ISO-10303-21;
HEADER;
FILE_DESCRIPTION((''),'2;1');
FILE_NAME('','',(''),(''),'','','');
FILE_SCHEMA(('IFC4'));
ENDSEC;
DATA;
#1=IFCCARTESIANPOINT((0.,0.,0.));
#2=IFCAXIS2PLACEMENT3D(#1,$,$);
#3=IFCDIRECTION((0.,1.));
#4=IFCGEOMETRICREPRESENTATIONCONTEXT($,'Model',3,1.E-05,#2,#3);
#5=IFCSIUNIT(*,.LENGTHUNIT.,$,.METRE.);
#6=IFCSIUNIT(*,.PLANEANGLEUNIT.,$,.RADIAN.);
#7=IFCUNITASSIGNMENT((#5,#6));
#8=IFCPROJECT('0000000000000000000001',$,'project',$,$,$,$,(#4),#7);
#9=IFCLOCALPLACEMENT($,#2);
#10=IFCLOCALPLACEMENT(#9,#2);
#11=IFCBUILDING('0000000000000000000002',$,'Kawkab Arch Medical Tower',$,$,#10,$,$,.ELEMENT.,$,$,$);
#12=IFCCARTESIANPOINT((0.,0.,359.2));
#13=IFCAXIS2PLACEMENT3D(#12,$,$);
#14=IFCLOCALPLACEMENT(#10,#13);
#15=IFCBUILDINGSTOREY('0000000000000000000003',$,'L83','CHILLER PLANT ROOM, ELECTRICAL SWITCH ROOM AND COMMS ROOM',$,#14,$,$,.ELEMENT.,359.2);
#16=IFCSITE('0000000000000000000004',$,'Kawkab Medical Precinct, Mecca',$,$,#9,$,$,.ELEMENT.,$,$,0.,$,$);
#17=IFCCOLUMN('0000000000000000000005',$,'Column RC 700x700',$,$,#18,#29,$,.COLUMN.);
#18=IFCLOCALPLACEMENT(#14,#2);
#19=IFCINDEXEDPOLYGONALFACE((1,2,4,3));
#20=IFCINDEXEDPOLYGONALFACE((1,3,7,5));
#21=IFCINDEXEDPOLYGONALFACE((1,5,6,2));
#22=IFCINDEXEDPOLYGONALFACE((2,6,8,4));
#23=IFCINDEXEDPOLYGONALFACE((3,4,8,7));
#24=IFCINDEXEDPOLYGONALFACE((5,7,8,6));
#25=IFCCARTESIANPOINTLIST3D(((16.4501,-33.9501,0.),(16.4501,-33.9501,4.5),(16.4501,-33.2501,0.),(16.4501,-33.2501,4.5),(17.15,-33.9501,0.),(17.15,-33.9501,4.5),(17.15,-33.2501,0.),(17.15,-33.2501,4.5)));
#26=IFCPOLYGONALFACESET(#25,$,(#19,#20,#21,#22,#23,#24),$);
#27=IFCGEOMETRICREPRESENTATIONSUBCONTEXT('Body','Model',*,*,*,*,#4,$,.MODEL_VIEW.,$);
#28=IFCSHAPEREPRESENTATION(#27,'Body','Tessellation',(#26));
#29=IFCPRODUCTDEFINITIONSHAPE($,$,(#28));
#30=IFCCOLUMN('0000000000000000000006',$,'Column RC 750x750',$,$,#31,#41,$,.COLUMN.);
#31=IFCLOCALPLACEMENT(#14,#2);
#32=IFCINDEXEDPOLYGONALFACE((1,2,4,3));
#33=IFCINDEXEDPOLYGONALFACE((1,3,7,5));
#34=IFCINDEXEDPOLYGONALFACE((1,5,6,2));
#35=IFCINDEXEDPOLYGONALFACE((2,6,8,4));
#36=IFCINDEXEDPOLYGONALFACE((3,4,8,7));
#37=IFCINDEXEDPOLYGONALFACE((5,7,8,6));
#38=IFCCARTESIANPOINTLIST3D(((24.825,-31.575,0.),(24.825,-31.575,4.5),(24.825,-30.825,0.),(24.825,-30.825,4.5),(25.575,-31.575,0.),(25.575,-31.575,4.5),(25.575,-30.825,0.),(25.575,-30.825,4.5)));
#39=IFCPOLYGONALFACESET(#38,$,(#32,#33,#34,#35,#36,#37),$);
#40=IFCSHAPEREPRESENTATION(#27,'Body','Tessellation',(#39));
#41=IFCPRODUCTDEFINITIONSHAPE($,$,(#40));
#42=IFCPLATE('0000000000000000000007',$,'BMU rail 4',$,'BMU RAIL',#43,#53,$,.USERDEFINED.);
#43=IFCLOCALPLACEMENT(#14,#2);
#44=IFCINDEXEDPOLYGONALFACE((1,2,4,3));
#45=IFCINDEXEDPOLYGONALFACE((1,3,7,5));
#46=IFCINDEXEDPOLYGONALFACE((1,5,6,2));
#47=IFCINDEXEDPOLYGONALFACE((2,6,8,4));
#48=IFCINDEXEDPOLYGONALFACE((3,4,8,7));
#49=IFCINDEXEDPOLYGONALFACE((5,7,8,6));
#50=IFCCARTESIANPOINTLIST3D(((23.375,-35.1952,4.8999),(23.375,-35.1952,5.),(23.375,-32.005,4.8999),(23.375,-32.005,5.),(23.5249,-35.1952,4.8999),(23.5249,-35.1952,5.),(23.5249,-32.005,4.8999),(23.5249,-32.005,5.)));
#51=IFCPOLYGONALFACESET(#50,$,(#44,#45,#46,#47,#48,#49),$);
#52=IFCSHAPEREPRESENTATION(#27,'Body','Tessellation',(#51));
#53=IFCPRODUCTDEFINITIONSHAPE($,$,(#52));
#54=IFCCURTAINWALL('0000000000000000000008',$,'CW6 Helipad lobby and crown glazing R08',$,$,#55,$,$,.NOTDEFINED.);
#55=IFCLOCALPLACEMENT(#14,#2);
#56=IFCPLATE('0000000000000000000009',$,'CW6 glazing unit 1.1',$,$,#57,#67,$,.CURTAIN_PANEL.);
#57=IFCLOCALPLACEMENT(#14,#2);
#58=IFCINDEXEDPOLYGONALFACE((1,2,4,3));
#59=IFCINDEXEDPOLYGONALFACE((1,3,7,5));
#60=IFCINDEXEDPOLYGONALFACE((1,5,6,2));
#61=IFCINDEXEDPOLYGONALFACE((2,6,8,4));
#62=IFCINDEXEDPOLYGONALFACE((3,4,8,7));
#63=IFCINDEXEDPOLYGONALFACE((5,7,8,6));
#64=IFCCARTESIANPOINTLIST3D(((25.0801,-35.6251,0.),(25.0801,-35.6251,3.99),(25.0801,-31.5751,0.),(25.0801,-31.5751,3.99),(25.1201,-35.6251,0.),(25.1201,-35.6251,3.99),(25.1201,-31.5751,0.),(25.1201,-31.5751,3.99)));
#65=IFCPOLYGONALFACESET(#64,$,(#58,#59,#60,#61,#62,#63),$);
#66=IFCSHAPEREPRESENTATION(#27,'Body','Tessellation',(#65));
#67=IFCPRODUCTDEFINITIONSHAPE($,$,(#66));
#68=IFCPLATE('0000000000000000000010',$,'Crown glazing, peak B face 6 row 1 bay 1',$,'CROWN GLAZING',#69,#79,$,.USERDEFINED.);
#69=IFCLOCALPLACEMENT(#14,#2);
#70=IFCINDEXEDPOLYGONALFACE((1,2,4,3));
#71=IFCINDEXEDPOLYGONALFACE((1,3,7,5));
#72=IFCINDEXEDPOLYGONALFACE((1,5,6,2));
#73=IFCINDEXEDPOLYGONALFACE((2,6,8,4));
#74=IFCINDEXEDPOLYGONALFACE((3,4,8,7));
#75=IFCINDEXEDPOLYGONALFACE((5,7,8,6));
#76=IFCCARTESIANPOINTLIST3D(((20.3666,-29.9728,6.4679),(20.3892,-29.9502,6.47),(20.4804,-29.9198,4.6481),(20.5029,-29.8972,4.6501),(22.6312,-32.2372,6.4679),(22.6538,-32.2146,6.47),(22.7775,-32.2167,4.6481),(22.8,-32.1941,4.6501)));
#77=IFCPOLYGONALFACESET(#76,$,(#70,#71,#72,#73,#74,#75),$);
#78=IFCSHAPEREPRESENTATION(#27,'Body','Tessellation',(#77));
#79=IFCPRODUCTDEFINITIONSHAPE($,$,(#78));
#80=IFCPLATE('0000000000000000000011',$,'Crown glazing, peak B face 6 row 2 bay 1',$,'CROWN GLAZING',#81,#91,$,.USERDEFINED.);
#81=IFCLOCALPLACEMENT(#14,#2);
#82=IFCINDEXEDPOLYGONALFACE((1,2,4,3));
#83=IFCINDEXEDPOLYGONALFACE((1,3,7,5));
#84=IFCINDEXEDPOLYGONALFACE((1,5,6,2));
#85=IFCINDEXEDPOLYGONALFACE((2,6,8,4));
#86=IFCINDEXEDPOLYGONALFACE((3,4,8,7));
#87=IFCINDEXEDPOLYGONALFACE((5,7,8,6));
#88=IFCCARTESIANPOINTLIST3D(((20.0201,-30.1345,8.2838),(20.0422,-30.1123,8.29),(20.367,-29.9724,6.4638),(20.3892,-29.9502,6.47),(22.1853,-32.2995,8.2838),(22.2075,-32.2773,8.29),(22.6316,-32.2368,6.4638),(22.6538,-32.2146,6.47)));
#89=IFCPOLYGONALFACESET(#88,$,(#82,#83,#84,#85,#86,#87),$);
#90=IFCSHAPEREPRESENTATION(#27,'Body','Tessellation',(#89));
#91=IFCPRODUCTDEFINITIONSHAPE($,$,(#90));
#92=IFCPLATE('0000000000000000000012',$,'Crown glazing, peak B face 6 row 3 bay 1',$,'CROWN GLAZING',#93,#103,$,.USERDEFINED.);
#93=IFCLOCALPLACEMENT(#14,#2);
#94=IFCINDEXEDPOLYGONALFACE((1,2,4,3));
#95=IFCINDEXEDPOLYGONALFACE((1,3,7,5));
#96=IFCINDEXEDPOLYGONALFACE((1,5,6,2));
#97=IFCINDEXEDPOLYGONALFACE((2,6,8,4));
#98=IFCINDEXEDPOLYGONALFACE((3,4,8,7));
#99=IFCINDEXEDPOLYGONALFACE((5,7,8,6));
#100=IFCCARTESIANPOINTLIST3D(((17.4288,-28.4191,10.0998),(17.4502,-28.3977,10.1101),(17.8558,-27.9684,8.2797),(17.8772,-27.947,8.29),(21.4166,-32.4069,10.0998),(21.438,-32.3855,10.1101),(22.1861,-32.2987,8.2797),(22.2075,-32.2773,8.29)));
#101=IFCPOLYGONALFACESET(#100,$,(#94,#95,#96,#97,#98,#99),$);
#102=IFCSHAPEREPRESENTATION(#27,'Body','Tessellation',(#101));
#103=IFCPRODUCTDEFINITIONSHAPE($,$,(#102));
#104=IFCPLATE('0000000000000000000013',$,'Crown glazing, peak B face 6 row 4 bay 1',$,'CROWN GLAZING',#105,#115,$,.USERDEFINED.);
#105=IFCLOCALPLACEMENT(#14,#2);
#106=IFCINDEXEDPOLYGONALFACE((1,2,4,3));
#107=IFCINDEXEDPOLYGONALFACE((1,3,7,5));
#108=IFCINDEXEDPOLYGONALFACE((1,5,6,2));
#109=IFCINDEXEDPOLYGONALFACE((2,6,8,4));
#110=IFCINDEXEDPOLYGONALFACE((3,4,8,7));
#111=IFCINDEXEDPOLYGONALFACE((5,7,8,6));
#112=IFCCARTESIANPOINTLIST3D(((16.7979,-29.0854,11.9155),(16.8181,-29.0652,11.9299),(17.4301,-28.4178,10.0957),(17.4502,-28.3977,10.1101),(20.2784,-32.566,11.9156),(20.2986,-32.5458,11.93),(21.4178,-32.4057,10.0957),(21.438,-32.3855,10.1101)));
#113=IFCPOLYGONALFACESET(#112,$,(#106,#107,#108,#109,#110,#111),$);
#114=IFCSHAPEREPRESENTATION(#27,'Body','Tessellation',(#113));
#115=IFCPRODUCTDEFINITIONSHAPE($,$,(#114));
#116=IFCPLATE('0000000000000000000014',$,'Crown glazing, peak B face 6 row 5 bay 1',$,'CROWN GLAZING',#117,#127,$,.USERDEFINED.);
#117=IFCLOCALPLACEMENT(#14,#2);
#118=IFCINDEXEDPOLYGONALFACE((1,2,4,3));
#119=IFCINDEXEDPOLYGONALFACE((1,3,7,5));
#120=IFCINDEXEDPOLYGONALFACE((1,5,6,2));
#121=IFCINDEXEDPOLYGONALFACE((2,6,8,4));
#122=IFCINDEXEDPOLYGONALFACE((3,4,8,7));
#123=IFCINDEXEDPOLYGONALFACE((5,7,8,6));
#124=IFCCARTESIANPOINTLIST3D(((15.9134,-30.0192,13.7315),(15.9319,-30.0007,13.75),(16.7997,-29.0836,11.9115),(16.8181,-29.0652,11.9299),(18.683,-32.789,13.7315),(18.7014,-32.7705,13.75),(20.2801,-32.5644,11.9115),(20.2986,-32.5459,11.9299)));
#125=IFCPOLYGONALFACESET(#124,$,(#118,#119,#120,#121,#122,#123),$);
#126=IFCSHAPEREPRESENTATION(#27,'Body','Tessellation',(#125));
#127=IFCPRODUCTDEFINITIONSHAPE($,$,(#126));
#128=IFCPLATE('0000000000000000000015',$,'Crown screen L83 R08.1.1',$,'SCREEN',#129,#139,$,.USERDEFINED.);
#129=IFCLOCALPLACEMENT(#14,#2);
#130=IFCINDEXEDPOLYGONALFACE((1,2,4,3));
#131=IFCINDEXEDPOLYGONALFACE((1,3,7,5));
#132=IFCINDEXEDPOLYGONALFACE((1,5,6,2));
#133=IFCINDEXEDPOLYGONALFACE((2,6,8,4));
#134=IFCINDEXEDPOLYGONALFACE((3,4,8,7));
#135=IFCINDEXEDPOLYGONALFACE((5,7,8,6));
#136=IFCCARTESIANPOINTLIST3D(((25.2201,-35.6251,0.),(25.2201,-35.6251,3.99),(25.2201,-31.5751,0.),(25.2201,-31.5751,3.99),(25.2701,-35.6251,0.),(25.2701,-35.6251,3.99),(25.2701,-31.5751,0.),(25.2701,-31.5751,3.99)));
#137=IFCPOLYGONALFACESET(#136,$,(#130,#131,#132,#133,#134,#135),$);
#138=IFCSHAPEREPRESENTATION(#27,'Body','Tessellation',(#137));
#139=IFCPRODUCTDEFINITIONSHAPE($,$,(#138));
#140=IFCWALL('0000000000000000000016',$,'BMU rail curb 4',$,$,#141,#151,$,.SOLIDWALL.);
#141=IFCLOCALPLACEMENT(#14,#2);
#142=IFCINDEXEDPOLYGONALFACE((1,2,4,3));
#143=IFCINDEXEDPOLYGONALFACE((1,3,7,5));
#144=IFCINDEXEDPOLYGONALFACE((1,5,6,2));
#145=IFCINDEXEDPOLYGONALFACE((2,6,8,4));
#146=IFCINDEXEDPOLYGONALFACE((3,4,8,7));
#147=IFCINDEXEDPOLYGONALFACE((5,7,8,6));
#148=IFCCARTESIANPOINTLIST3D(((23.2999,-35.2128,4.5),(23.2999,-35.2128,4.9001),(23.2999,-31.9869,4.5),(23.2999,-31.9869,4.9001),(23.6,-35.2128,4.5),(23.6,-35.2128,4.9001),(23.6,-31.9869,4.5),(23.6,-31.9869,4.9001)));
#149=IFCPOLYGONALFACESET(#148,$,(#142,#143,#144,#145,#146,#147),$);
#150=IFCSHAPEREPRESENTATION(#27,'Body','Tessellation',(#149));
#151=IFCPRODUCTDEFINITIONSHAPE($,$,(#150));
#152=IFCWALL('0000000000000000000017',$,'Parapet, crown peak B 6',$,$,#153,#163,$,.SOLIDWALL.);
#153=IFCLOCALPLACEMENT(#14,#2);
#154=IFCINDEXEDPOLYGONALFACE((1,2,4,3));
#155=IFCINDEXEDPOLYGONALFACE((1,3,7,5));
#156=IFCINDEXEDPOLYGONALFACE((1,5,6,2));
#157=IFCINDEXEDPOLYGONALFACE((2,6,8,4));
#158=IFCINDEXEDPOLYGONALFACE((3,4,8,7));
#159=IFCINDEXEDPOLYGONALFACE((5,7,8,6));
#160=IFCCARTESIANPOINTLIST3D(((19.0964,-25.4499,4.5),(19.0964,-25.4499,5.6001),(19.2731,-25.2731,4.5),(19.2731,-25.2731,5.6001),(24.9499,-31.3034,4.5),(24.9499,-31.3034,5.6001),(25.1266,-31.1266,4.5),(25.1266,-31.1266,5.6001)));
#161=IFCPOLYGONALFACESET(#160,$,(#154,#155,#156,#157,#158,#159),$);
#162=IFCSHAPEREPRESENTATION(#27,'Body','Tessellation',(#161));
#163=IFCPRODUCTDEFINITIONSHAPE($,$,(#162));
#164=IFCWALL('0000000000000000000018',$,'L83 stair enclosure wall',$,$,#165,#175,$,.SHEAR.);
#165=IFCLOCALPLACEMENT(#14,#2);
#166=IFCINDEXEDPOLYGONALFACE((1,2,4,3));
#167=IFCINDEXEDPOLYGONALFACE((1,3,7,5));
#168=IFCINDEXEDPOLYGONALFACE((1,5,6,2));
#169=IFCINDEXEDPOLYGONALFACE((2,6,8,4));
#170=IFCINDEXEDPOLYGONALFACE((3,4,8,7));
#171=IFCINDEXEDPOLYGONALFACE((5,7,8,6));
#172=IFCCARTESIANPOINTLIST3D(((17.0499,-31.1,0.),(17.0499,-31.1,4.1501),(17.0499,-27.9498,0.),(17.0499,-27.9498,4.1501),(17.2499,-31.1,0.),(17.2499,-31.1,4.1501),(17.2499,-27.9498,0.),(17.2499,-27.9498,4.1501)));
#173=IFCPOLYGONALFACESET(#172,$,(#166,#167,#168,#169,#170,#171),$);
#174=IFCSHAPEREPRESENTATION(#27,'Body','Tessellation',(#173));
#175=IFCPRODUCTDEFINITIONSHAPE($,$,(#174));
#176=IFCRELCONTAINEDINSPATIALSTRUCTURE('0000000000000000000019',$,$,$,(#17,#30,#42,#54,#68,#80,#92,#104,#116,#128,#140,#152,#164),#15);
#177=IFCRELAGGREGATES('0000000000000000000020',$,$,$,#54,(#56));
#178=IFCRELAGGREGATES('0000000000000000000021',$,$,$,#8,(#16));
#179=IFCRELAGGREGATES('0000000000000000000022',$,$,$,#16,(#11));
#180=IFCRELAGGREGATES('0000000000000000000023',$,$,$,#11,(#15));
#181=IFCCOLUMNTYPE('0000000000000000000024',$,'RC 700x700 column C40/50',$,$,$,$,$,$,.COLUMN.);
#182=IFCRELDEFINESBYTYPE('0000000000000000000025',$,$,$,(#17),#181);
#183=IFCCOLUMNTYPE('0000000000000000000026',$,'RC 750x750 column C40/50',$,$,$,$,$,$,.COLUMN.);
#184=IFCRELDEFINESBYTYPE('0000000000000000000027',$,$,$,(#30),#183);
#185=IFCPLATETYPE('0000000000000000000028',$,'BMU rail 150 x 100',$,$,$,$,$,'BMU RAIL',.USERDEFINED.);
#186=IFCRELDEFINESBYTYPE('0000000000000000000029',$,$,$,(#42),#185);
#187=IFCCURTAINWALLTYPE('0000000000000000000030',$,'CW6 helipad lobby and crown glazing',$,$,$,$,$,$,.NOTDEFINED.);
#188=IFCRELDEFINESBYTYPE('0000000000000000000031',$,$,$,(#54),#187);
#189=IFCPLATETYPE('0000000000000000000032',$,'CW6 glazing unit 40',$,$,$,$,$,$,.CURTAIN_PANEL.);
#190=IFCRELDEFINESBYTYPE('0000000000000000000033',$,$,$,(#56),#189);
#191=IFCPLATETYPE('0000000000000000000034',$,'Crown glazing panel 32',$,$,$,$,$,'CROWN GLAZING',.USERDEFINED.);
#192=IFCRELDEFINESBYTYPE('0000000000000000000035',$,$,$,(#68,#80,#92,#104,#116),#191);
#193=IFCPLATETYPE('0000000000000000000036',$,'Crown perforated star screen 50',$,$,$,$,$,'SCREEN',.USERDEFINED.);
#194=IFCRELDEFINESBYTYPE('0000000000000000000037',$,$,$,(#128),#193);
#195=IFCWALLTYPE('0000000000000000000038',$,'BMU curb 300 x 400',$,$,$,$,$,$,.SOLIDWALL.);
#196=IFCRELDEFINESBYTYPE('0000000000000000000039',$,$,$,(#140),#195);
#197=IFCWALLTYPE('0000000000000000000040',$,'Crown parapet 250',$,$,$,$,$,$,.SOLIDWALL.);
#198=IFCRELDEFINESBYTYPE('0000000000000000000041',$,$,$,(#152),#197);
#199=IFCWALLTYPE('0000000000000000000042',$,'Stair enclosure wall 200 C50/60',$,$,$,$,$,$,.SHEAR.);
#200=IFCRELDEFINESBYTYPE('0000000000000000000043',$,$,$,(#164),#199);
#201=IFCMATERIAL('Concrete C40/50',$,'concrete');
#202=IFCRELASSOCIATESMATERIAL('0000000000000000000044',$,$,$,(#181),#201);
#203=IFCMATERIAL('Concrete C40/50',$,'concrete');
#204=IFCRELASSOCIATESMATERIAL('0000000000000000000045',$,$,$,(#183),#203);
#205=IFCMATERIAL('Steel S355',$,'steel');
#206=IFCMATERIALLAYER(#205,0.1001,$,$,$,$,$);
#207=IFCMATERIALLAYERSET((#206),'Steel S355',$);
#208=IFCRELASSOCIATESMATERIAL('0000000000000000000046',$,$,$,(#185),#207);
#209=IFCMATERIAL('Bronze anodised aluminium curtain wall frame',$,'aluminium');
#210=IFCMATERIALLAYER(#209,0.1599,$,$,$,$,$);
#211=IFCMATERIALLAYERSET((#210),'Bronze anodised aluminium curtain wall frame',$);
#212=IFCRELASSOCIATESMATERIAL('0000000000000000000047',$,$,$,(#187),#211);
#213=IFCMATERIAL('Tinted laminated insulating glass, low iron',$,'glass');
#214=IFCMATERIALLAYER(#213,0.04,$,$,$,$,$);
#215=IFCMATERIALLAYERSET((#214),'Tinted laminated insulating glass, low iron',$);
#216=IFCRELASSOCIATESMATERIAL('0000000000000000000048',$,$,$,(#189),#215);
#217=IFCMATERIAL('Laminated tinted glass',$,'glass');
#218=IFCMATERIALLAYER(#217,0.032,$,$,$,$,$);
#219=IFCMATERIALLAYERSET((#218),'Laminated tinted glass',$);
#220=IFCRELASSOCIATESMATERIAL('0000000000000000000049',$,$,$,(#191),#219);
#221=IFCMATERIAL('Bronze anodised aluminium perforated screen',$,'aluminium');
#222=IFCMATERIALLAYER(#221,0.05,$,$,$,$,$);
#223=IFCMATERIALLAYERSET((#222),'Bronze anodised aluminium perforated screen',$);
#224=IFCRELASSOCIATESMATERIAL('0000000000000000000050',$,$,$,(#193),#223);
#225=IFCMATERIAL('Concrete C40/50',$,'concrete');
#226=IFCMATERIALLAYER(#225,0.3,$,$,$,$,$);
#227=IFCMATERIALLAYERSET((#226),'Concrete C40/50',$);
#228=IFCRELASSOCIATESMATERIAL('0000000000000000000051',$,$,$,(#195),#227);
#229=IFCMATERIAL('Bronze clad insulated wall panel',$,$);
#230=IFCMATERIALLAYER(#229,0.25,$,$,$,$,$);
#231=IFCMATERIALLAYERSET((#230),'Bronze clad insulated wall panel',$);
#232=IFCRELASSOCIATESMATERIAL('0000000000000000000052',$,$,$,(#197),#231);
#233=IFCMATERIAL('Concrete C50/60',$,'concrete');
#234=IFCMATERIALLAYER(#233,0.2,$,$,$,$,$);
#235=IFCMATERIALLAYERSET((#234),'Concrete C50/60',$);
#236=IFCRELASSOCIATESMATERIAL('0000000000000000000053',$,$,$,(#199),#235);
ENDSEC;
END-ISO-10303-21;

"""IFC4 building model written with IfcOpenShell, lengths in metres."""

from ifc_helpers import new_model, si_unit, direction, frame, frame_2d, origin, origin_2d, place, context, subcontext, project, spatial, polyline, rectangle, outline, extrude, material, layer, layer_set, material_profile, profile_set, type_object, element, aggregate, save


model = new_model("IFC4")

# Units and contexts
model_context = context("Model", 3, precision=1e-05, world=origin(), true_north=direction((0.0, 1.0)))
body_context = subcontext(model_context, "Body", "Model", "MODEL_VIEW")
ifc_project = project(units=[si_unit("LENGTHUNIT", "METRE"), si_unit("PLANEANGLEUNIT", "RADIAN")], contexts=[model_context])

# Site, building, storey
site_placement = place(None, origin())
site = spatial("IfcSite", under=ifc_project, at=site_placement, Name="Kawkab Medical Precinct, Mecca", CompositionType="ELEMENT", RefElevation=0.0)
building_placement = place(site_placement, origin())
building = spatial("IfcBuilding", under=site, at=building_placement, Name="Kawkab Arch Medical Tower", CompositionType="ELEMENT")
storey_placement = place(building_placement, frame((0.0, 0.0, 359.2)))
storey = spatial("IfcBuildingStorey", under=building, at=storey_placement, Name="L83", Description="CHILLER PLANT ROOM, ELECTRICAL SWITCH ROOM AND COMMS ROOM", CompositionType="ELEMENT", Elevation=359.2)

# Columns
ifc_material_1 = material(Name="Concrete C40/50", Category="concrete")
ifc_material_profile_1 = material_profile(ifc_material_1, rectangle(XDim=0.7, YDim=0.7, at=origin_2d()), Name="RC 700x700")
ifc_profile_set_1 = profile_set([ifc_material_profile_1], Name="Concrete C40/50")
column_type_1 = type_object("IfcColumnType", Name="RC 700x700 column C40/50", PredefinedType="COLUMN", material=ifc_profile_set_1)
column_1_placement = place(storey_placement, frame((16.8, -33.6001, 0.0), z_axis=(0.0, 0.0, 1.0), x_axis=(1.0, 0.0, 0.0)))
element("IfcColumn", 1, at=column_1_placement, inside=storey, type_object=column_type_1, Name="Column RC 700x700", PredefinedType="COLUMN", context=body_context, shape_type="SweptSolid", body=[
    extrude(rectangle(XDim=0.7, YDim=0.7, at=origin_2d()), origin(), (0.0, 0.0, 1.0), 4.5),
])
ifc_material_2 = material(Name="Concrete C40/50", Category="concrete")
ifc_material_profile_2 = material_profile(ifc_material_2, rectangle(XDim=0.75, YDim=0.75, at=origin_2d()), Name="RC 750x750")
ifc_profile_set_2 = profile_set([ifc_material_profile_2], Name="Concrete C40/50")
column_type_2 = type_object("IfcColumnType", Name="RC 750x750 column C40/50", PredefinedType="COLUMN", material=ifc_profile_set_2)
column_2_placement = place(storey_placement, frame((25.2, -31.2, 0.0), z_axis=(0.0, 0.0, 1.0), x_axis=(1.0, 0.0, 0.0)))
element("IfcColumn", 2, at=column_2_placement, inside=storey, type_object=column_type_2, Name="Column RC 750x750", PredefinedType="COLUMN", context=body_context, shape_type="SweptSolid", body=[
    extrude(rectangle(XDim=0.75, YDim=0.75, at=origin_2d()), origin(), (0.0, 0.0, 1.0), 4.5),
])

# Plate
ifc_material_3 = material(Name="Steel S355", Category="steel")
ifc_layer_1 = layer(ifc_material_3, 0.1001)
ifc_layer_set_1 = layer_set([ifc_layer_1], Name="Steel S355")
plate_type_1 = type_object("IfcPlateType", Name="BMU rail 150 x 100", ElementType="BMU RAIL", PredefinedType="USERDEFINED", material=ifc_layer_set_1)
plate_1_placement = place(storey_placement, frame((23.45, -33.6001, 4.8999), z_axis=(0.0, 0.0, 1.0), x_axis=(0.0, -1.0, 0.0)))
element("IfcPlate", 3, at=plate_1_placement, inside=storey, type_object=plate_type_1, Name="BMU rail 4", ObjectType="BMU RAIL", PredefinedType="USERDEFINED", context=body_context, shape_type="SweptSolid", body=[
    extrude(rectangle(XDim=3.1902, YDim=0.1499, at=origin_2d()), origin(), (0.0, 0.0, 1.0), 0.1001),
])

# Curtain wall, plate
ifc_material_4 = material(Name="Bronze anodised aluminium curtain wall frame", Category="aluminium")
ifc_layer_2 = layer(ifc_material_4, 0.1599)
ifc_layer_set_2 = layer_set([ifc_layer_2], Name="Bronze anodised aluminium curtain wall frame")
curtain_wall_type = type_object("IfcCurtainWallType", Name="CW6 helipad lobby and crown glazing", PredefinedType="NOTDEFINED", material=ifc_layer_set_2)
curtain_wall_placement = place(storey_placement, origin())
curtain_wall = element("IfcCurtainWall", 4, at=curtain_wall_placement, inside=storey, type_object=curtain_wall_type, Name="CW6 Helipad lobby and crown glazing R08", PredefinedType="NOTDEFINED")
ifc_material_5 = material(Name="Tinted laminated insulating glass, low iron", Category="glass")
ifc_layer_3 = layer(ifc_material_5, 0.04)
ifc_layer_set_3 = layer_set([ifc_layer_3], Name="Tinted laminated insulating glass, low iron")
plate_type_2 = type_object("IfcPlateType", Name="CW6 glazing unit 40", PredefinedType="CURTAIN_PANEL", material=ifc_layer_set_3)
plate_2_placement = place(storey_placement, frame((25.1001, -33.6001, 0.0), z_axis=(0.0, 0.0, 1.0), x_axis=(0.0, 1.0, 0.0)))
plate_2 = element("IfcPlate", 5, at=plate_2_placement, type_object=plate_type_2, Name="CW6 glazing unit 1.1", PredefinedType="CURTAIN_PANEL", context=body_context, shape_type="SweptSolid", body=[
    extrude(rectangle(XDim=4.05, YDim=0.04, at=origin_2d()), origin(), (0.0, 0.0, 1.0), 3.99),
])
aggregate(curtain_wall, [plate_2])

# Plates
ifc_material_6 = material(Name="Laminated tinted glass", Category="glass")
ifc_layer_4 = layer(ifc_material_6, 0.032)
ifc_layer_set_4 = layer_set([ifc_layer_4], Name="Laminated tinted glass")
plate_type_3 = type_object("IfcPlateType", Name="Crown glazing panel 32", ElementType="CROWN GLAZING", PredefinedType="USERDEFINED", material=ifc_layer_set_4)
plate_3_placement = place(storey_placement, frame((22.8, -32.1941, 4.6501), z_axis=(0.70559, 0.705665, 0.064654), x_axis=(-0.707145, 0.707069, 0.0)))
element("IfcPlate", 6, at=plate_3_placement, inside=storey, type_object=plate_type_3, Name="Crown glazing, peak B face 6 row 1 bay 1", ObjectType="CROWN GLAZING", PredefinedType="USERDEFINED", context=body_context, shape_type="SweptSolid", body=[
    extrude(outline(polyline([(0.0, 0.0), (3.2484, 0.0), (3.2914, 1.8236), (0.0889, 1.8236), (0.0, 0.0)])), origin(), (0.0, 0.0, -1.0), 0.032),
])
plate_4_placement = place(storey_placement, frame((22.6538, -32.2146, 6.47), z_axis=(0.693635, 0.693711, 0.193999), x_axis=(-0.707146, 0.707068, 0.0)))
element("IfcPlate", 7, at=plate_4_placement, inside=storey, type_object=plate_type_3, Name="Crown glazing, peak B face 6 row 2 bay 1", ObjectType="CROWN GLAZING", PredefinedType="USERDEFINED", context=body_context, shape_type="SweptSolid", body=[
    extrude(outline(polyline([(0.0, 0.0), (3.2025, 0.0), (3.3332, 1.8553), (0.2712, 1.8553), (0.0, 0.0)])), origin(), (0.0, 0.0, -1.0), 0.032),
])
plate_5_placement = place(storey_placement, frame((22.2075, -32.2773, 8.29), z_axis=(0.669268, 0.669268, 0.322739), x_axis=(-0.707107, 0.707107, 0.0)))
element("IfcPlate", 8, at=plate_5_placement, inside=storey, type_object=plate_type_3, Name="Crown glazing, peak B face 6 row 3 bay 1", ObjectType="CROWN GLAZING", PredefinedType="USERDEFINED", context=body_context, shape_type="SweptSolid", body=[
    extrude(outline(polyline([(0.0, 0.0), (6.124, 0.0), (6.1073, 1.923), (0.4677, 1.923), (0.0, 0.0)])), origin(), (0.0, 0.0, -1.0), 0.032),
])
plate_6_placement = place(storey_placement, frame((21.438, -32.3855, 10.1101), z_axis=(0.631197, 0.631177, 0.450784), x_axis=(-0.707098, 0.707116, 0.000007)))
element("IfcPlate", 9, at=plate_6_placement, inside=storey, type_object=plate_type_3, Name="Crown glazing, peak B face 6 row 4 bay 1", ObjectType="CROWN GLAZING", PredefinedType="USERDEFINED", context=body_context, shape_type="SweptSolid", body=[
    extrude(outline(polyline([(0.0, 0.0), (5.6396, 0.0), (5.6146, 2.0387), (0.6923, 2.0388), (0.0, 0.0)])), origin(), (0.0, 0.0, -1.0), 0.032),
])
plate_7_placement = place(storey_placement, frame((20.2986, -32.5459, 11.9299), z_axis=(0.577189, 0.577144, 0.577717), x_axis=(-0.70708, 0.707133, 0.000002)))
element("IfcPlate", 10, at=plate_7_placement, inside=storey, type_object=plate_type_3, Name="Crown glazing, peak B face 6 row 5 bay 1", ObjectType="CROWN GLAZING", PredefinedType="USERDEFINED", context=body_context, shape_type="SweptSolid", body=[
    extrude(outline(polyline([(0.0, 0.0), (4.9223, 0.0), (4.8874, 2.2298), (0.9705, 2.2298), (0.0, 0.0)])), origin(), (0.0, 0.0, -1.0), 0.032),
])
ifc_material_7 = material(Name="Bronze anodised aluminium perforated screen", Category="aluminium")
ifc_layer_5 = layer(ifc_material_7, 0.05)
ifc_layer_set_5 = layer_set([ifc_layer_5], Name="Bronze anodised aluminium perforated screen")
plate_type_4 = type_object("IfcPlateType", Name="Crown perforated star screen 50", ElementType="SCREEN", PredefinedType="USERDEFINED", material=ifc_layer_set_5)
plate_8_placement = place(storey_placement, frame((25.2451, -33.6001, 0.0), z_axis=(0.0, 0.0, 1.0), x_axis=(0.0, 1.0, 0.0)))
element("IfcPlate", 11, at=plate_8_placement, inside=storey, type_object=plate_type_4, Name="Crown screen L83 R08.1.1", ObjectType="SCREEN", PredefinedType="USERDEFINED", context=body_context, shape_type="SweptSolid", body=[
    extrude(rectangle(XDim=4.05, YDim=0.05, at=origin_2d()), origin(), (0.0, 0.0, 1.0), 3.99),
])

# Walls
ifc_material_8 = material(Name="Concrete C40/50", Category="concrete")
ifc_layer_6 = layer(ifc_material_8, 0.3)
ifc_layer_set_6 = layer_set([ifc_layer_6], Name="Concrete C40/50")
wall_type_1 = type_object("IfcWallType", Name="BMU curb 300 x 400", PredefinedType="SOLIDWALL", material=ifc_layer_set_6)
wall_1_placement = place(storey_placement, frame((23.45, -31.9871, 4.5), z_axis=(0.0, 0.0, 1.0), x_axis=(0.0, -1.0, 0.0)))
element("IfcWall", 12, at=wall_1_placement, inside=storey, type_object=wall_type_1, Name="BMU rail curb 4", PredefinedType="SOLIDWALL", context=body_context, shape_type="SweptSolid", body=[
    extrude(rectangle(XDim=3.2258, YDim=0.3, at=frame_2d((1.6128, 0.0))), origin(), (0.0, 0.0, 1.0), 0.4001),
])
ifc_material_9 = material(Name="Bronze clad insulated wall panel")
ifc_layer_7 = layer(ifc_material_9, 0.25)
ifc_layer_set_7 = layer_set([ifc_layer_7], Name="Bronze clad insulated wall panel")
wall_type_2 = type_object("IfcWallType", Name="Crown parapet 250", PredefinedType="SOLIDWALL", material=ifc_layer_set_7)
wall_2_placement = place(storey_placement, frame((25.0383, -31.2151, 4.5), z_axis=(0.0, 0.0, 1.0), x_axis=(-0.707107, 0.707107, 0.0)))
element("IfcWall", 13, at=wall_2_placement, inside=storey, type_object=wall_type_2, Name="Parapet, crown peak B 6", PredefinedType="SOLIDWALL", context=body_context, shape_type="SweptSolid", body=[
    extrude(rectangle(XDim=8.2781, YDim=0.25, at=frame_2d((4.1392, 0.0))), origin(), (0.0, 0.0, 1.0), 1.1001),
])
ifc_material_10 = material(Name="Concrete C50/60", Category="concrete")
ifc_layer_8 = layer(ifc_material_10, 0.2)
ifc_layer_set_8 = layer_set([ifc_layer_8], Name="Concrete C50/60")
wall_type_3 = type_object("IfcWallType", Name="Stair enclosure wall 200 C50/60", PredefinedType="SHEAR", material=ifc_layer_set_8)
wall_3_placement = place(storey_placement, frame((17.1499, -31.1001, 0.0), z_axis=(0.0, 0.0, 1.0), x_axis=(0.0, 1.0, 0.0)))
element("IfcWall", 14, at=wall_3_placement, inside=storey, type_object=wall_type_3, Name="L83 stair enclosure wall", PredefinedType="SHEAR", context=body_context, shape_type="SweptSolid", body=[
    extrude(rectangle(XDim=3.1501, YDim=0.2, at=frame_2d((1.5752, 0.0))), origin(), (0.0, 0.0, 1.0), 4.1501),
])

save(model, "model.ifc")
